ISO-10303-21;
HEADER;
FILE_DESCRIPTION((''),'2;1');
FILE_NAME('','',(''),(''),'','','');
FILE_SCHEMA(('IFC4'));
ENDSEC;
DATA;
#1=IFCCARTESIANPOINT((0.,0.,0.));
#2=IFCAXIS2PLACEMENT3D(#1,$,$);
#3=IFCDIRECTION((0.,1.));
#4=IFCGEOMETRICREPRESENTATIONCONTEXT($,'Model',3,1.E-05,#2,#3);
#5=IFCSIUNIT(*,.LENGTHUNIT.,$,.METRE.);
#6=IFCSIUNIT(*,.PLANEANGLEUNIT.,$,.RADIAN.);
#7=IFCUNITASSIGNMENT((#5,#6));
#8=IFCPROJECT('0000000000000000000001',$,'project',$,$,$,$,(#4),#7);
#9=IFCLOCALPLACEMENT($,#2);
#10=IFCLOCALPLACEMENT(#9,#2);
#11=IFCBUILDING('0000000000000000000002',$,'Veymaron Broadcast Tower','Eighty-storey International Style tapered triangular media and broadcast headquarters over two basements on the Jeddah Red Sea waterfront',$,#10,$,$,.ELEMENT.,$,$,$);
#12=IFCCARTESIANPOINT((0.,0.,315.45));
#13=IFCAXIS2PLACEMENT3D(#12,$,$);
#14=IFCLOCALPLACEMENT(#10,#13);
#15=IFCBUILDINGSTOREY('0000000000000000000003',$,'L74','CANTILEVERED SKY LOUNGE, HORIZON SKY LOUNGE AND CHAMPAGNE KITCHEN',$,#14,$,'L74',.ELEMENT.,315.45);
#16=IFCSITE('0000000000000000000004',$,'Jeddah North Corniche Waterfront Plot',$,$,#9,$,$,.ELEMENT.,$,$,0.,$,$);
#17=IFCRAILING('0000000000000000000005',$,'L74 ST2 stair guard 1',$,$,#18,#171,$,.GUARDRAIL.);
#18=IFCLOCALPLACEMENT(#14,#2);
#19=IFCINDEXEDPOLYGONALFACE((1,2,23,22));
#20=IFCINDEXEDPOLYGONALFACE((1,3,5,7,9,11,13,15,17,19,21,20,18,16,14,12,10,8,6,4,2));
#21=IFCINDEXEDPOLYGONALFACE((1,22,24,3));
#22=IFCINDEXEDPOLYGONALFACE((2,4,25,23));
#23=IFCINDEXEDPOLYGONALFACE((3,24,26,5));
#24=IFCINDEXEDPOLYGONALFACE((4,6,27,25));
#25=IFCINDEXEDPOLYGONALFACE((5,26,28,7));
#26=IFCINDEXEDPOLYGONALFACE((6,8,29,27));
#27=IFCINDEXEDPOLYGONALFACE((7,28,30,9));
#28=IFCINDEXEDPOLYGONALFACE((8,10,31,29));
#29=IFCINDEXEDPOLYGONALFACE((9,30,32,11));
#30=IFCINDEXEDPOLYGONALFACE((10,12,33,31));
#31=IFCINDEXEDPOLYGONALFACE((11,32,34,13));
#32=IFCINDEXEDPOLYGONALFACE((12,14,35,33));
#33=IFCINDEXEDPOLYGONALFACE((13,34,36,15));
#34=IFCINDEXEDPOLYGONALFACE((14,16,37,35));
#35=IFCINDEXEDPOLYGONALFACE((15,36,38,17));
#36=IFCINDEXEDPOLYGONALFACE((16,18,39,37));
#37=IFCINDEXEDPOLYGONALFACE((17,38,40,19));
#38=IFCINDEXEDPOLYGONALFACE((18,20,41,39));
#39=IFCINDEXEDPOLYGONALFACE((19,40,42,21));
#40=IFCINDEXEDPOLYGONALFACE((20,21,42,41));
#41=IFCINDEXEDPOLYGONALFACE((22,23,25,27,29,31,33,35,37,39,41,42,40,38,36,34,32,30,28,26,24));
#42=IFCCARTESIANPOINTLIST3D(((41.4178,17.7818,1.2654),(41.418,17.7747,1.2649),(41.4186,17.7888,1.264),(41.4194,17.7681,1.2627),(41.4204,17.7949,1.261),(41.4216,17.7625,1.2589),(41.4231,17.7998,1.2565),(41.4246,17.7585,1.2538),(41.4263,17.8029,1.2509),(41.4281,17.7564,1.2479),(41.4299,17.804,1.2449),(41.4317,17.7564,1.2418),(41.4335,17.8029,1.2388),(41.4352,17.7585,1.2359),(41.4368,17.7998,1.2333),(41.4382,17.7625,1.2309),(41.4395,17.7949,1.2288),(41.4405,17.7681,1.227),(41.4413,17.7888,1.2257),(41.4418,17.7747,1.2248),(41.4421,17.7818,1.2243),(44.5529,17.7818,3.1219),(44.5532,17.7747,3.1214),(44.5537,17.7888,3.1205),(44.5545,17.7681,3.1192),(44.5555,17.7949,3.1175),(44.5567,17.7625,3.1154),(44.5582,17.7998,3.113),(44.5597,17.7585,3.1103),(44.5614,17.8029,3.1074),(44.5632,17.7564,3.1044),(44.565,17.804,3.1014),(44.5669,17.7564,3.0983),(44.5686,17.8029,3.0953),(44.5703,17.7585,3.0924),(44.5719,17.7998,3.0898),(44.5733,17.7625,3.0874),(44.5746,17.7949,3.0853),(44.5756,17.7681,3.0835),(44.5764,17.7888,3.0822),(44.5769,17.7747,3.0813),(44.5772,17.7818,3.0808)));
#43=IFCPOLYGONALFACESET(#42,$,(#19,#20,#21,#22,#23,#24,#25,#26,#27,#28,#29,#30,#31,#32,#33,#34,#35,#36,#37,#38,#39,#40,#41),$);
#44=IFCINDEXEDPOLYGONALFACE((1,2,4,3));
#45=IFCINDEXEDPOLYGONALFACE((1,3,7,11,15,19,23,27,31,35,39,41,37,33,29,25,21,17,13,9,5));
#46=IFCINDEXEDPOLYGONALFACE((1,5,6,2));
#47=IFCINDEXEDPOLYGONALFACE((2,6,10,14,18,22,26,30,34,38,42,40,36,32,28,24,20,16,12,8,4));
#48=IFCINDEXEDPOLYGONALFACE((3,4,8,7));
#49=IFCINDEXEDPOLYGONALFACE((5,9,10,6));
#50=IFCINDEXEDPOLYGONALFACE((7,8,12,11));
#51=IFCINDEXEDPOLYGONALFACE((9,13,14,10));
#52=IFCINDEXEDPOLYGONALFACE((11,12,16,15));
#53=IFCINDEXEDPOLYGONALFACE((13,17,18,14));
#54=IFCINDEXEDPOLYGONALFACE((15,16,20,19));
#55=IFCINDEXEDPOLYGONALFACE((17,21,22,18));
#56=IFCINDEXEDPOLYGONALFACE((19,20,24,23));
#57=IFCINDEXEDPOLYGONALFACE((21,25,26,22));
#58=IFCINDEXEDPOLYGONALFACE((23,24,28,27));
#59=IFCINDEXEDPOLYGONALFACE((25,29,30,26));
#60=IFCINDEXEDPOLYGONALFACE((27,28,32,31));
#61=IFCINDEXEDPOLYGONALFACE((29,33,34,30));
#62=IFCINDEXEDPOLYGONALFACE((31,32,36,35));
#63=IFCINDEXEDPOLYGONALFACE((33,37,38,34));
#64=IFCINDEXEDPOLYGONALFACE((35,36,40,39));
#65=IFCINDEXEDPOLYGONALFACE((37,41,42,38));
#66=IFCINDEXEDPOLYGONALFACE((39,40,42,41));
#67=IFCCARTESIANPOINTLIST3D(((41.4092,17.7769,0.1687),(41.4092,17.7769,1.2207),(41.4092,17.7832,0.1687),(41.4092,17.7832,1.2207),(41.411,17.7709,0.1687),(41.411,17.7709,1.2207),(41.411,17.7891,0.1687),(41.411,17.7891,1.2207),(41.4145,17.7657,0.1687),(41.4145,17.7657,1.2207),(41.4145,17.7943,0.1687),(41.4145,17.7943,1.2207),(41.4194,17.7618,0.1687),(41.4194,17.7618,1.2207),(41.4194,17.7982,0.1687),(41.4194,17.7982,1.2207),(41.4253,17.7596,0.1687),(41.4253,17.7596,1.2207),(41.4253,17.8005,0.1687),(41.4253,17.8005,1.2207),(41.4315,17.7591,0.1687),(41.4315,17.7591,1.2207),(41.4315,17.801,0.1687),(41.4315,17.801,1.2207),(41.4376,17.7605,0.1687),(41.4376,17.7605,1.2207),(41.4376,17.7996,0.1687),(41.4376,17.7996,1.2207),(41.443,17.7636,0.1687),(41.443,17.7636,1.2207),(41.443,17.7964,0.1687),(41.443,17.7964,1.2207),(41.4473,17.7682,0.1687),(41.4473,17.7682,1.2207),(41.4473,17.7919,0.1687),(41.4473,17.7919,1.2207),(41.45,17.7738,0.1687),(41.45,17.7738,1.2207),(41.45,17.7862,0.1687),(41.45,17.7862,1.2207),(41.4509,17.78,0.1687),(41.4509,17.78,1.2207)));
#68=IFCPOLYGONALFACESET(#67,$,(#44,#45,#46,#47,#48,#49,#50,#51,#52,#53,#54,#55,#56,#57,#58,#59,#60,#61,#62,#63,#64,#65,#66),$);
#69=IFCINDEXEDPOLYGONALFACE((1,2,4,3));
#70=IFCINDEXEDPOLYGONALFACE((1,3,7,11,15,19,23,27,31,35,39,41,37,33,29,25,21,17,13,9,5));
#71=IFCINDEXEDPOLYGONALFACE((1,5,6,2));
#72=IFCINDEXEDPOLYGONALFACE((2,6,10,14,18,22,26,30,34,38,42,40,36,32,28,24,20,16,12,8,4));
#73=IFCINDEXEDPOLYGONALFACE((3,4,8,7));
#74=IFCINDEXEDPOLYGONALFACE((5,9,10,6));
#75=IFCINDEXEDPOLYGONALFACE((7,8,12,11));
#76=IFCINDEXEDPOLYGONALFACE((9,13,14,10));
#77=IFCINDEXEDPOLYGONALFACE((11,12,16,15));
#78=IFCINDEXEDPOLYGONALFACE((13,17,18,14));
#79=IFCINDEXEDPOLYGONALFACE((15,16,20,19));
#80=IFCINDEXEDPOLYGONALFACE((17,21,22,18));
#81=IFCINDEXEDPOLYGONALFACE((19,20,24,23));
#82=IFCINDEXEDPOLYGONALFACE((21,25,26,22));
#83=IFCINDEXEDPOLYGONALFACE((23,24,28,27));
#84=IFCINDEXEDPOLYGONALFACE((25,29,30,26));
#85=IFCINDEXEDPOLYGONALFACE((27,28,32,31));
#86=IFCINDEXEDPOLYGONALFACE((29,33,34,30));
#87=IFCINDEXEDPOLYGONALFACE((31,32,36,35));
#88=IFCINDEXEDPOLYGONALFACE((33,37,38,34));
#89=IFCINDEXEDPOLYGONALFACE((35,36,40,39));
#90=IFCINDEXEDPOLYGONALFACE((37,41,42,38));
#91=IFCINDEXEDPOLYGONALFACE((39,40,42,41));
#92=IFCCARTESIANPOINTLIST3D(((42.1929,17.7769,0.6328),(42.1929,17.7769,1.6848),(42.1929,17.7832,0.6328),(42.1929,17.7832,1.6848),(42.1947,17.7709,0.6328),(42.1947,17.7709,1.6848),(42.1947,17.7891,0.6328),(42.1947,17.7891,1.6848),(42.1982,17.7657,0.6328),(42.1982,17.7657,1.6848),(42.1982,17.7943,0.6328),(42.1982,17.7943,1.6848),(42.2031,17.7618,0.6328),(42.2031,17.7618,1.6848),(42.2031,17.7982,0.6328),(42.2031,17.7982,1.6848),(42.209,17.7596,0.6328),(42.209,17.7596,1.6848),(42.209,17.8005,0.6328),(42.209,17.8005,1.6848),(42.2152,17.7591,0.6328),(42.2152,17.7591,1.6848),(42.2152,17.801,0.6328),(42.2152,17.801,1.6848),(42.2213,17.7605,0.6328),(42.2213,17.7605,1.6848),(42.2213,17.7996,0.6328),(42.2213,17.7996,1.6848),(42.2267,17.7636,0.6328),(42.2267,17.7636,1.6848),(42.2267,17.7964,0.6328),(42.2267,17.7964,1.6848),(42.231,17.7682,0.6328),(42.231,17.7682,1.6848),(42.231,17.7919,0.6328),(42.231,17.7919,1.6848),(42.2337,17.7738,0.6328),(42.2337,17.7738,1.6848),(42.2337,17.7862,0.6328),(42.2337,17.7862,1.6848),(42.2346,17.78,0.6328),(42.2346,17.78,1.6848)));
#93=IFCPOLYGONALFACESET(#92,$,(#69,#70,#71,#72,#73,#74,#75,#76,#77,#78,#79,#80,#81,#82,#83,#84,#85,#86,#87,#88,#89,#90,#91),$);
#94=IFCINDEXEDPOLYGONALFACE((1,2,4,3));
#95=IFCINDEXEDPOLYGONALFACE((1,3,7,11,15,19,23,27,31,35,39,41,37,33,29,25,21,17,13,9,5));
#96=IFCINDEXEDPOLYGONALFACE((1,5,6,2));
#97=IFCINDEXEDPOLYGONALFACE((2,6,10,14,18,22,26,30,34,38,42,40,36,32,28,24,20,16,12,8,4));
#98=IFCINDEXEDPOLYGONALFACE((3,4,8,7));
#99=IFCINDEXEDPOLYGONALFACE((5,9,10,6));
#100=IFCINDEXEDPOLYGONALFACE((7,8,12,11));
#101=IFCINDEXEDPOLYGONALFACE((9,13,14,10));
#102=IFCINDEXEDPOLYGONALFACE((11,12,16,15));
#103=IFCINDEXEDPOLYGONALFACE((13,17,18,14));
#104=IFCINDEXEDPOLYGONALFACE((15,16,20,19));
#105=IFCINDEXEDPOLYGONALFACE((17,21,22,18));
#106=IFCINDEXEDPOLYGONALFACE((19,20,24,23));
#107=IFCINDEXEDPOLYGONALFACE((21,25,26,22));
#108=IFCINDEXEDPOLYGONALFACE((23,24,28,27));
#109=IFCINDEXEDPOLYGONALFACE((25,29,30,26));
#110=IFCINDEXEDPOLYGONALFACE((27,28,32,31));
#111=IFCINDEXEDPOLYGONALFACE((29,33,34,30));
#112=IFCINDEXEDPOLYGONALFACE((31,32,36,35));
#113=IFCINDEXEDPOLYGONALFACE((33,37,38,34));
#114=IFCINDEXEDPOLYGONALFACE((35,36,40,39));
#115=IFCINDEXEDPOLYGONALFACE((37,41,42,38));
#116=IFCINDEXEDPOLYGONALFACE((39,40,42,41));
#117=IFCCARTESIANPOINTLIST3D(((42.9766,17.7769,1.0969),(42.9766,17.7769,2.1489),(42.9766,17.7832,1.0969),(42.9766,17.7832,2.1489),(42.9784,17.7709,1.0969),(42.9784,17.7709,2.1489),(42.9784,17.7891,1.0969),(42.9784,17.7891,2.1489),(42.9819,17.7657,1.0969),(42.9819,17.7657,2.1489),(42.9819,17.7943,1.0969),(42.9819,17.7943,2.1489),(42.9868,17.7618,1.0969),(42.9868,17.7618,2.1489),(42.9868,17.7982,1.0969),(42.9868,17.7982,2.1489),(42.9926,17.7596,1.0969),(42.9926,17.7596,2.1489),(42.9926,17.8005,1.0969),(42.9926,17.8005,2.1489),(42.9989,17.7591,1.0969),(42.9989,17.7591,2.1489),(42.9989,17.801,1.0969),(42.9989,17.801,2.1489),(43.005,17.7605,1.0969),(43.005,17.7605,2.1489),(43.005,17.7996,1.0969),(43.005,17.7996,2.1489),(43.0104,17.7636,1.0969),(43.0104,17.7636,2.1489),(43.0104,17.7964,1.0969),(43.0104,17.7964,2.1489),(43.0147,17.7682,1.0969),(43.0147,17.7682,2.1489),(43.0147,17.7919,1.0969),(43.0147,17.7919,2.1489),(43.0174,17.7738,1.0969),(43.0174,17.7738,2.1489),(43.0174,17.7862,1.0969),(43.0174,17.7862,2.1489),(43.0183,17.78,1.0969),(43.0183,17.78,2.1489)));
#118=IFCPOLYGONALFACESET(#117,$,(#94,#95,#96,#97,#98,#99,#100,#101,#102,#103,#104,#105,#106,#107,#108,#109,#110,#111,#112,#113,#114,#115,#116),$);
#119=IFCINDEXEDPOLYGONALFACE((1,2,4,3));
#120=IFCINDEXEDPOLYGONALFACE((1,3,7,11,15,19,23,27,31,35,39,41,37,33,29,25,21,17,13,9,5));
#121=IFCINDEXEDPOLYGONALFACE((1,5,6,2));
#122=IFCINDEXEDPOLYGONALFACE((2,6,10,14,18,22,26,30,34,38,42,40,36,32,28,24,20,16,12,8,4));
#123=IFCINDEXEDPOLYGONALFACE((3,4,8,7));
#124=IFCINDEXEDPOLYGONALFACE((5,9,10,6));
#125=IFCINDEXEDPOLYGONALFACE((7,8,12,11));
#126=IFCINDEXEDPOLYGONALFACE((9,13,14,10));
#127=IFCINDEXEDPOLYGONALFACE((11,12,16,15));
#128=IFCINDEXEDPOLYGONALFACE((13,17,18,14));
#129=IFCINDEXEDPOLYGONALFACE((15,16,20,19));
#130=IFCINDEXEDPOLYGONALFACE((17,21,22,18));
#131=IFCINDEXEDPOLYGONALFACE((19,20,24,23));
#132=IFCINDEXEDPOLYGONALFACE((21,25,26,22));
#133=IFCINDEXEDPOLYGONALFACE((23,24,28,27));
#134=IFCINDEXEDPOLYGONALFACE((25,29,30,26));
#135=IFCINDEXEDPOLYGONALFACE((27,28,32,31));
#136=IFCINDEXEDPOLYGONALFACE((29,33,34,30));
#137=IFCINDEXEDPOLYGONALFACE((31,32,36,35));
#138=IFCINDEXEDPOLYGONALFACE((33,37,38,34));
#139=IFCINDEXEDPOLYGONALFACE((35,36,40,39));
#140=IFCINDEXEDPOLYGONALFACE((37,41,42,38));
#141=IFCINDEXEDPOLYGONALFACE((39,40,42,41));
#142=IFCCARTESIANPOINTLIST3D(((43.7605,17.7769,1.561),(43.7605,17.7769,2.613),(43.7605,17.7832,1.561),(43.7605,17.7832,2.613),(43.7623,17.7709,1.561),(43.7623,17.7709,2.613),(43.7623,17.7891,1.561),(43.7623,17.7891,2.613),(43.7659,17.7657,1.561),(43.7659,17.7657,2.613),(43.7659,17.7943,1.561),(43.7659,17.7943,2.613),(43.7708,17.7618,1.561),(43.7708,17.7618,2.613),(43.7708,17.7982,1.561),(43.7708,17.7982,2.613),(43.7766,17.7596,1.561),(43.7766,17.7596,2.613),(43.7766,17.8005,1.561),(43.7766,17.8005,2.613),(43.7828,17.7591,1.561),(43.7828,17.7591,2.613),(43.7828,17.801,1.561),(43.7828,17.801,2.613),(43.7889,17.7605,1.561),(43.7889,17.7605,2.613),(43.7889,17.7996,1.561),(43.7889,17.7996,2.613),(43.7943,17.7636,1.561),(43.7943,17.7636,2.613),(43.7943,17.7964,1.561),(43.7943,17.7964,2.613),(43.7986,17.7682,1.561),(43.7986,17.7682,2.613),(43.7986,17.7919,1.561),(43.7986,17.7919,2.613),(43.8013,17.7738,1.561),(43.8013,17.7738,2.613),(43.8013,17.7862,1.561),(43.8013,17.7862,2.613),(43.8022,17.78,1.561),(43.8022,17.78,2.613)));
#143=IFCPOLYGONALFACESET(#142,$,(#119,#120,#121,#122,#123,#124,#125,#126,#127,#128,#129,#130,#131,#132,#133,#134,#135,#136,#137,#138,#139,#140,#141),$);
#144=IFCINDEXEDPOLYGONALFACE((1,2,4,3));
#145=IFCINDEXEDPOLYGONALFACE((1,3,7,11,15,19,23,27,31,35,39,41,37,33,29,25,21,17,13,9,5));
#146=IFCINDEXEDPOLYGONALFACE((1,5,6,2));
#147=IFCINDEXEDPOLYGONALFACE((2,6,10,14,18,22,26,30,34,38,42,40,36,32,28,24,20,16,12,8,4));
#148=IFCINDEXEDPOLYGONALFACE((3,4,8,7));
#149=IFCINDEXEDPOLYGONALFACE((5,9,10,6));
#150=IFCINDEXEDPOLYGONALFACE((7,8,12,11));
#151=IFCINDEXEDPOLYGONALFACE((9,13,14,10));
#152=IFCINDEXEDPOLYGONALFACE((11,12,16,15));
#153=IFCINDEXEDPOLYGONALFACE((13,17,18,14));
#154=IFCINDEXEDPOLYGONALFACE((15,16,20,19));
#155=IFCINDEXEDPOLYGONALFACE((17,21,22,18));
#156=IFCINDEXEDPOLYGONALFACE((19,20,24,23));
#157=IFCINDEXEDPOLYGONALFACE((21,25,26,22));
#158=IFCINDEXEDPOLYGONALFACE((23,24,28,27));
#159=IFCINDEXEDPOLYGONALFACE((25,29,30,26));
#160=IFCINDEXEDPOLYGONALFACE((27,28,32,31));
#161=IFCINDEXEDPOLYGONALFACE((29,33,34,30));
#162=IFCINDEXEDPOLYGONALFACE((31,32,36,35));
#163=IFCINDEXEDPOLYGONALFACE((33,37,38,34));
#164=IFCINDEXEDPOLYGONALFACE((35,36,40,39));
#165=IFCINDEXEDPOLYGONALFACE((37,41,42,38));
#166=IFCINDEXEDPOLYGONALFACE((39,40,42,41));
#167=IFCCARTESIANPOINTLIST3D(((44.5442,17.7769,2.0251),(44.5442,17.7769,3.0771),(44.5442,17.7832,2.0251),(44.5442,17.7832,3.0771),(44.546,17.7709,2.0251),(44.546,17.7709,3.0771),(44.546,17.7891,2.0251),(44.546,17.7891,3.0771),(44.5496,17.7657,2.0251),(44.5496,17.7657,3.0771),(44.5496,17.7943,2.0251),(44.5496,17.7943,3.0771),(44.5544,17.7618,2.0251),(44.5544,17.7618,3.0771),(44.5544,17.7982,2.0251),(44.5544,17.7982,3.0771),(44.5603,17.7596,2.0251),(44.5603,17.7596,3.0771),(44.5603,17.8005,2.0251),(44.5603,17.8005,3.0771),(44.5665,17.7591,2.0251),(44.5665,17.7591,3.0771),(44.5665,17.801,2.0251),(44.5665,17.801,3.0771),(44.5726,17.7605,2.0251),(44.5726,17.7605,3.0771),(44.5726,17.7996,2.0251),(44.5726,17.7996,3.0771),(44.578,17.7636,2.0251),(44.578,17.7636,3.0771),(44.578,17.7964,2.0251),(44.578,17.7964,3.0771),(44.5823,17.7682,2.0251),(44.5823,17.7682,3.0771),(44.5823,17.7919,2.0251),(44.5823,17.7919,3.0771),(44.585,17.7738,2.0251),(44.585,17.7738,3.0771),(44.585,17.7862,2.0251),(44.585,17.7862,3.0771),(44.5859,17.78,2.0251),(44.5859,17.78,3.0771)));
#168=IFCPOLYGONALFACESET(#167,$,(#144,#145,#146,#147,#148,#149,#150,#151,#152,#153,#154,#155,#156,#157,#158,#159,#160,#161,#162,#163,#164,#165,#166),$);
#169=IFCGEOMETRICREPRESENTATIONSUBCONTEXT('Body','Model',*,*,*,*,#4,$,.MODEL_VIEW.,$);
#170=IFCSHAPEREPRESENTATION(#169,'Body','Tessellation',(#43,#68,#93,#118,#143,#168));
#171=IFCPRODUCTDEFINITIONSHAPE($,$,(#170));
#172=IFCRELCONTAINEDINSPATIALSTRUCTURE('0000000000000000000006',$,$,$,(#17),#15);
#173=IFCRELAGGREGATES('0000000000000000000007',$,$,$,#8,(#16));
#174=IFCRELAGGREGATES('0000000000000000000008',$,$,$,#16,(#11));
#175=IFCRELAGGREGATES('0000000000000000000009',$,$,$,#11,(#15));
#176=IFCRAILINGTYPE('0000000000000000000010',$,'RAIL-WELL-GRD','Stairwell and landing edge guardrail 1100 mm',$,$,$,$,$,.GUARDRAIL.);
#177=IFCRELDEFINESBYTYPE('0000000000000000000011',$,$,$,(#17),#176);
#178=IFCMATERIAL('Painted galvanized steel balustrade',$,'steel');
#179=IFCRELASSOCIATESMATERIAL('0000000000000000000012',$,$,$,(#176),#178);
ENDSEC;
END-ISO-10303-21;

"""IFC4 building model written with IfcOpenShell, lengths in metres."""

from ifc_helpers import new_model, si_unit, direction, frame, origin, origin_2d, place, context, subcontext, project, spatial, circle, extrude, material, type_object, element, save


model = new_model("IFC4")

# Units and contexts
model_context = context("Model", 3, precision=1e-05, world=origin(), true_north=direction((0.0, 1.0)))
body_context = subcontext(model_context, "Body", "Model", "MODEL_VIEW")
ifc_project = project(units=[si_unit("LENGTHUNIT", "METRE"), si_unit("PLANEANGLEUNIT", "RADIAN")], contexts=[model_context])

# Site, building, storey
site_placement = place(None, origin())
site = spatial("IfcSite", under=ifc_project, at=site_placement, Name="Jeddah North Corniche Waterfront Plot", CompositionType="ELEMENT", RefElevation=0.0)
building_placement = place(site_placement, origin())
building = spatial("IfcBuilding", under=site, at=building_placement, Name="Veymaron Broadcast Tower", Description="Eighty-storey International Style tapered triangular media and broadcast headquarters over two basements on the Jeddah Red Sea waterfront", CompositionType="ELEMENT")
storey_placement = place(building_placement, frame((0.0, 0.0, 315.45)))
storey = spatial("IfcBuildingStorey", under=building, at=storey_placement, Name="L74", Description="CANTILEVERED SKY LOUNGE, HORIZON SKY LOUNGE AND CHAMPAGNE KITCHEN", LongName="L74", CompositionType="ELEMENT", Elevation=315.45)

# Railing
ifc_material_1 = material(Name="Painted galvanized steel balustrade", Category="steel")
railing_type_1 = type_object("IfcRailingType", Name="RAIL-WELL-GRD", Description="Stairwell and landing edge guardrail 1100 mm", PredefinedType="GUARDRAIL", material=ifc_material_1)
railing_1_placement = place(storey_placement, frame((41.4299, 17.78, 0.1687)))
element("IfcRailing", 1, at=railing_1_placement, inside=storey, type_object=railing_type_1, Name="L74 ST2 stair guard 1", PredefinedType="GUARDRAIL", context=body_context, shape_type="SweptSolid", body=[
    extrude(circle(Radius=0.0239, at=origin_2d()), frame((0.0, 0.0, 1.0762), z_axis=(0.860453, 0.0, 0.509531), x_axis=(0.0, 1.0, 0.0)), (0.0, 0.0, 1.0), 3.6436),
    extrude(circle(Radius=0.021, at=origin_2d()), origin(), (0.0, 0.0, 1.0), 1.052),
    extrude(circle(Radius=0.021, at=origin_2d()), frame((0.7837, 0.0, 0.4641)), (0.0, 0.0, 1.0), 1.052),
    extrude(circle(Radius=0.021, at=origin_2d()), frame((1.5674, 0.0, 0.9282)), (0.0, 0.0, 1.0), 1.052),
    extrude(circle(Radius=0.021, at=origin_2d()), frame((2.3513, 0.0, 1.3923)), (0.0, 0.0, 1.0), 1.052),
    extrude(circle(Radius=0.021, at=origin_2d()), frame((3.135, 0.0, 1.8564)), (0.0, 0.0, 1.0), 1.052),
])

save(model, "model.ifc")
